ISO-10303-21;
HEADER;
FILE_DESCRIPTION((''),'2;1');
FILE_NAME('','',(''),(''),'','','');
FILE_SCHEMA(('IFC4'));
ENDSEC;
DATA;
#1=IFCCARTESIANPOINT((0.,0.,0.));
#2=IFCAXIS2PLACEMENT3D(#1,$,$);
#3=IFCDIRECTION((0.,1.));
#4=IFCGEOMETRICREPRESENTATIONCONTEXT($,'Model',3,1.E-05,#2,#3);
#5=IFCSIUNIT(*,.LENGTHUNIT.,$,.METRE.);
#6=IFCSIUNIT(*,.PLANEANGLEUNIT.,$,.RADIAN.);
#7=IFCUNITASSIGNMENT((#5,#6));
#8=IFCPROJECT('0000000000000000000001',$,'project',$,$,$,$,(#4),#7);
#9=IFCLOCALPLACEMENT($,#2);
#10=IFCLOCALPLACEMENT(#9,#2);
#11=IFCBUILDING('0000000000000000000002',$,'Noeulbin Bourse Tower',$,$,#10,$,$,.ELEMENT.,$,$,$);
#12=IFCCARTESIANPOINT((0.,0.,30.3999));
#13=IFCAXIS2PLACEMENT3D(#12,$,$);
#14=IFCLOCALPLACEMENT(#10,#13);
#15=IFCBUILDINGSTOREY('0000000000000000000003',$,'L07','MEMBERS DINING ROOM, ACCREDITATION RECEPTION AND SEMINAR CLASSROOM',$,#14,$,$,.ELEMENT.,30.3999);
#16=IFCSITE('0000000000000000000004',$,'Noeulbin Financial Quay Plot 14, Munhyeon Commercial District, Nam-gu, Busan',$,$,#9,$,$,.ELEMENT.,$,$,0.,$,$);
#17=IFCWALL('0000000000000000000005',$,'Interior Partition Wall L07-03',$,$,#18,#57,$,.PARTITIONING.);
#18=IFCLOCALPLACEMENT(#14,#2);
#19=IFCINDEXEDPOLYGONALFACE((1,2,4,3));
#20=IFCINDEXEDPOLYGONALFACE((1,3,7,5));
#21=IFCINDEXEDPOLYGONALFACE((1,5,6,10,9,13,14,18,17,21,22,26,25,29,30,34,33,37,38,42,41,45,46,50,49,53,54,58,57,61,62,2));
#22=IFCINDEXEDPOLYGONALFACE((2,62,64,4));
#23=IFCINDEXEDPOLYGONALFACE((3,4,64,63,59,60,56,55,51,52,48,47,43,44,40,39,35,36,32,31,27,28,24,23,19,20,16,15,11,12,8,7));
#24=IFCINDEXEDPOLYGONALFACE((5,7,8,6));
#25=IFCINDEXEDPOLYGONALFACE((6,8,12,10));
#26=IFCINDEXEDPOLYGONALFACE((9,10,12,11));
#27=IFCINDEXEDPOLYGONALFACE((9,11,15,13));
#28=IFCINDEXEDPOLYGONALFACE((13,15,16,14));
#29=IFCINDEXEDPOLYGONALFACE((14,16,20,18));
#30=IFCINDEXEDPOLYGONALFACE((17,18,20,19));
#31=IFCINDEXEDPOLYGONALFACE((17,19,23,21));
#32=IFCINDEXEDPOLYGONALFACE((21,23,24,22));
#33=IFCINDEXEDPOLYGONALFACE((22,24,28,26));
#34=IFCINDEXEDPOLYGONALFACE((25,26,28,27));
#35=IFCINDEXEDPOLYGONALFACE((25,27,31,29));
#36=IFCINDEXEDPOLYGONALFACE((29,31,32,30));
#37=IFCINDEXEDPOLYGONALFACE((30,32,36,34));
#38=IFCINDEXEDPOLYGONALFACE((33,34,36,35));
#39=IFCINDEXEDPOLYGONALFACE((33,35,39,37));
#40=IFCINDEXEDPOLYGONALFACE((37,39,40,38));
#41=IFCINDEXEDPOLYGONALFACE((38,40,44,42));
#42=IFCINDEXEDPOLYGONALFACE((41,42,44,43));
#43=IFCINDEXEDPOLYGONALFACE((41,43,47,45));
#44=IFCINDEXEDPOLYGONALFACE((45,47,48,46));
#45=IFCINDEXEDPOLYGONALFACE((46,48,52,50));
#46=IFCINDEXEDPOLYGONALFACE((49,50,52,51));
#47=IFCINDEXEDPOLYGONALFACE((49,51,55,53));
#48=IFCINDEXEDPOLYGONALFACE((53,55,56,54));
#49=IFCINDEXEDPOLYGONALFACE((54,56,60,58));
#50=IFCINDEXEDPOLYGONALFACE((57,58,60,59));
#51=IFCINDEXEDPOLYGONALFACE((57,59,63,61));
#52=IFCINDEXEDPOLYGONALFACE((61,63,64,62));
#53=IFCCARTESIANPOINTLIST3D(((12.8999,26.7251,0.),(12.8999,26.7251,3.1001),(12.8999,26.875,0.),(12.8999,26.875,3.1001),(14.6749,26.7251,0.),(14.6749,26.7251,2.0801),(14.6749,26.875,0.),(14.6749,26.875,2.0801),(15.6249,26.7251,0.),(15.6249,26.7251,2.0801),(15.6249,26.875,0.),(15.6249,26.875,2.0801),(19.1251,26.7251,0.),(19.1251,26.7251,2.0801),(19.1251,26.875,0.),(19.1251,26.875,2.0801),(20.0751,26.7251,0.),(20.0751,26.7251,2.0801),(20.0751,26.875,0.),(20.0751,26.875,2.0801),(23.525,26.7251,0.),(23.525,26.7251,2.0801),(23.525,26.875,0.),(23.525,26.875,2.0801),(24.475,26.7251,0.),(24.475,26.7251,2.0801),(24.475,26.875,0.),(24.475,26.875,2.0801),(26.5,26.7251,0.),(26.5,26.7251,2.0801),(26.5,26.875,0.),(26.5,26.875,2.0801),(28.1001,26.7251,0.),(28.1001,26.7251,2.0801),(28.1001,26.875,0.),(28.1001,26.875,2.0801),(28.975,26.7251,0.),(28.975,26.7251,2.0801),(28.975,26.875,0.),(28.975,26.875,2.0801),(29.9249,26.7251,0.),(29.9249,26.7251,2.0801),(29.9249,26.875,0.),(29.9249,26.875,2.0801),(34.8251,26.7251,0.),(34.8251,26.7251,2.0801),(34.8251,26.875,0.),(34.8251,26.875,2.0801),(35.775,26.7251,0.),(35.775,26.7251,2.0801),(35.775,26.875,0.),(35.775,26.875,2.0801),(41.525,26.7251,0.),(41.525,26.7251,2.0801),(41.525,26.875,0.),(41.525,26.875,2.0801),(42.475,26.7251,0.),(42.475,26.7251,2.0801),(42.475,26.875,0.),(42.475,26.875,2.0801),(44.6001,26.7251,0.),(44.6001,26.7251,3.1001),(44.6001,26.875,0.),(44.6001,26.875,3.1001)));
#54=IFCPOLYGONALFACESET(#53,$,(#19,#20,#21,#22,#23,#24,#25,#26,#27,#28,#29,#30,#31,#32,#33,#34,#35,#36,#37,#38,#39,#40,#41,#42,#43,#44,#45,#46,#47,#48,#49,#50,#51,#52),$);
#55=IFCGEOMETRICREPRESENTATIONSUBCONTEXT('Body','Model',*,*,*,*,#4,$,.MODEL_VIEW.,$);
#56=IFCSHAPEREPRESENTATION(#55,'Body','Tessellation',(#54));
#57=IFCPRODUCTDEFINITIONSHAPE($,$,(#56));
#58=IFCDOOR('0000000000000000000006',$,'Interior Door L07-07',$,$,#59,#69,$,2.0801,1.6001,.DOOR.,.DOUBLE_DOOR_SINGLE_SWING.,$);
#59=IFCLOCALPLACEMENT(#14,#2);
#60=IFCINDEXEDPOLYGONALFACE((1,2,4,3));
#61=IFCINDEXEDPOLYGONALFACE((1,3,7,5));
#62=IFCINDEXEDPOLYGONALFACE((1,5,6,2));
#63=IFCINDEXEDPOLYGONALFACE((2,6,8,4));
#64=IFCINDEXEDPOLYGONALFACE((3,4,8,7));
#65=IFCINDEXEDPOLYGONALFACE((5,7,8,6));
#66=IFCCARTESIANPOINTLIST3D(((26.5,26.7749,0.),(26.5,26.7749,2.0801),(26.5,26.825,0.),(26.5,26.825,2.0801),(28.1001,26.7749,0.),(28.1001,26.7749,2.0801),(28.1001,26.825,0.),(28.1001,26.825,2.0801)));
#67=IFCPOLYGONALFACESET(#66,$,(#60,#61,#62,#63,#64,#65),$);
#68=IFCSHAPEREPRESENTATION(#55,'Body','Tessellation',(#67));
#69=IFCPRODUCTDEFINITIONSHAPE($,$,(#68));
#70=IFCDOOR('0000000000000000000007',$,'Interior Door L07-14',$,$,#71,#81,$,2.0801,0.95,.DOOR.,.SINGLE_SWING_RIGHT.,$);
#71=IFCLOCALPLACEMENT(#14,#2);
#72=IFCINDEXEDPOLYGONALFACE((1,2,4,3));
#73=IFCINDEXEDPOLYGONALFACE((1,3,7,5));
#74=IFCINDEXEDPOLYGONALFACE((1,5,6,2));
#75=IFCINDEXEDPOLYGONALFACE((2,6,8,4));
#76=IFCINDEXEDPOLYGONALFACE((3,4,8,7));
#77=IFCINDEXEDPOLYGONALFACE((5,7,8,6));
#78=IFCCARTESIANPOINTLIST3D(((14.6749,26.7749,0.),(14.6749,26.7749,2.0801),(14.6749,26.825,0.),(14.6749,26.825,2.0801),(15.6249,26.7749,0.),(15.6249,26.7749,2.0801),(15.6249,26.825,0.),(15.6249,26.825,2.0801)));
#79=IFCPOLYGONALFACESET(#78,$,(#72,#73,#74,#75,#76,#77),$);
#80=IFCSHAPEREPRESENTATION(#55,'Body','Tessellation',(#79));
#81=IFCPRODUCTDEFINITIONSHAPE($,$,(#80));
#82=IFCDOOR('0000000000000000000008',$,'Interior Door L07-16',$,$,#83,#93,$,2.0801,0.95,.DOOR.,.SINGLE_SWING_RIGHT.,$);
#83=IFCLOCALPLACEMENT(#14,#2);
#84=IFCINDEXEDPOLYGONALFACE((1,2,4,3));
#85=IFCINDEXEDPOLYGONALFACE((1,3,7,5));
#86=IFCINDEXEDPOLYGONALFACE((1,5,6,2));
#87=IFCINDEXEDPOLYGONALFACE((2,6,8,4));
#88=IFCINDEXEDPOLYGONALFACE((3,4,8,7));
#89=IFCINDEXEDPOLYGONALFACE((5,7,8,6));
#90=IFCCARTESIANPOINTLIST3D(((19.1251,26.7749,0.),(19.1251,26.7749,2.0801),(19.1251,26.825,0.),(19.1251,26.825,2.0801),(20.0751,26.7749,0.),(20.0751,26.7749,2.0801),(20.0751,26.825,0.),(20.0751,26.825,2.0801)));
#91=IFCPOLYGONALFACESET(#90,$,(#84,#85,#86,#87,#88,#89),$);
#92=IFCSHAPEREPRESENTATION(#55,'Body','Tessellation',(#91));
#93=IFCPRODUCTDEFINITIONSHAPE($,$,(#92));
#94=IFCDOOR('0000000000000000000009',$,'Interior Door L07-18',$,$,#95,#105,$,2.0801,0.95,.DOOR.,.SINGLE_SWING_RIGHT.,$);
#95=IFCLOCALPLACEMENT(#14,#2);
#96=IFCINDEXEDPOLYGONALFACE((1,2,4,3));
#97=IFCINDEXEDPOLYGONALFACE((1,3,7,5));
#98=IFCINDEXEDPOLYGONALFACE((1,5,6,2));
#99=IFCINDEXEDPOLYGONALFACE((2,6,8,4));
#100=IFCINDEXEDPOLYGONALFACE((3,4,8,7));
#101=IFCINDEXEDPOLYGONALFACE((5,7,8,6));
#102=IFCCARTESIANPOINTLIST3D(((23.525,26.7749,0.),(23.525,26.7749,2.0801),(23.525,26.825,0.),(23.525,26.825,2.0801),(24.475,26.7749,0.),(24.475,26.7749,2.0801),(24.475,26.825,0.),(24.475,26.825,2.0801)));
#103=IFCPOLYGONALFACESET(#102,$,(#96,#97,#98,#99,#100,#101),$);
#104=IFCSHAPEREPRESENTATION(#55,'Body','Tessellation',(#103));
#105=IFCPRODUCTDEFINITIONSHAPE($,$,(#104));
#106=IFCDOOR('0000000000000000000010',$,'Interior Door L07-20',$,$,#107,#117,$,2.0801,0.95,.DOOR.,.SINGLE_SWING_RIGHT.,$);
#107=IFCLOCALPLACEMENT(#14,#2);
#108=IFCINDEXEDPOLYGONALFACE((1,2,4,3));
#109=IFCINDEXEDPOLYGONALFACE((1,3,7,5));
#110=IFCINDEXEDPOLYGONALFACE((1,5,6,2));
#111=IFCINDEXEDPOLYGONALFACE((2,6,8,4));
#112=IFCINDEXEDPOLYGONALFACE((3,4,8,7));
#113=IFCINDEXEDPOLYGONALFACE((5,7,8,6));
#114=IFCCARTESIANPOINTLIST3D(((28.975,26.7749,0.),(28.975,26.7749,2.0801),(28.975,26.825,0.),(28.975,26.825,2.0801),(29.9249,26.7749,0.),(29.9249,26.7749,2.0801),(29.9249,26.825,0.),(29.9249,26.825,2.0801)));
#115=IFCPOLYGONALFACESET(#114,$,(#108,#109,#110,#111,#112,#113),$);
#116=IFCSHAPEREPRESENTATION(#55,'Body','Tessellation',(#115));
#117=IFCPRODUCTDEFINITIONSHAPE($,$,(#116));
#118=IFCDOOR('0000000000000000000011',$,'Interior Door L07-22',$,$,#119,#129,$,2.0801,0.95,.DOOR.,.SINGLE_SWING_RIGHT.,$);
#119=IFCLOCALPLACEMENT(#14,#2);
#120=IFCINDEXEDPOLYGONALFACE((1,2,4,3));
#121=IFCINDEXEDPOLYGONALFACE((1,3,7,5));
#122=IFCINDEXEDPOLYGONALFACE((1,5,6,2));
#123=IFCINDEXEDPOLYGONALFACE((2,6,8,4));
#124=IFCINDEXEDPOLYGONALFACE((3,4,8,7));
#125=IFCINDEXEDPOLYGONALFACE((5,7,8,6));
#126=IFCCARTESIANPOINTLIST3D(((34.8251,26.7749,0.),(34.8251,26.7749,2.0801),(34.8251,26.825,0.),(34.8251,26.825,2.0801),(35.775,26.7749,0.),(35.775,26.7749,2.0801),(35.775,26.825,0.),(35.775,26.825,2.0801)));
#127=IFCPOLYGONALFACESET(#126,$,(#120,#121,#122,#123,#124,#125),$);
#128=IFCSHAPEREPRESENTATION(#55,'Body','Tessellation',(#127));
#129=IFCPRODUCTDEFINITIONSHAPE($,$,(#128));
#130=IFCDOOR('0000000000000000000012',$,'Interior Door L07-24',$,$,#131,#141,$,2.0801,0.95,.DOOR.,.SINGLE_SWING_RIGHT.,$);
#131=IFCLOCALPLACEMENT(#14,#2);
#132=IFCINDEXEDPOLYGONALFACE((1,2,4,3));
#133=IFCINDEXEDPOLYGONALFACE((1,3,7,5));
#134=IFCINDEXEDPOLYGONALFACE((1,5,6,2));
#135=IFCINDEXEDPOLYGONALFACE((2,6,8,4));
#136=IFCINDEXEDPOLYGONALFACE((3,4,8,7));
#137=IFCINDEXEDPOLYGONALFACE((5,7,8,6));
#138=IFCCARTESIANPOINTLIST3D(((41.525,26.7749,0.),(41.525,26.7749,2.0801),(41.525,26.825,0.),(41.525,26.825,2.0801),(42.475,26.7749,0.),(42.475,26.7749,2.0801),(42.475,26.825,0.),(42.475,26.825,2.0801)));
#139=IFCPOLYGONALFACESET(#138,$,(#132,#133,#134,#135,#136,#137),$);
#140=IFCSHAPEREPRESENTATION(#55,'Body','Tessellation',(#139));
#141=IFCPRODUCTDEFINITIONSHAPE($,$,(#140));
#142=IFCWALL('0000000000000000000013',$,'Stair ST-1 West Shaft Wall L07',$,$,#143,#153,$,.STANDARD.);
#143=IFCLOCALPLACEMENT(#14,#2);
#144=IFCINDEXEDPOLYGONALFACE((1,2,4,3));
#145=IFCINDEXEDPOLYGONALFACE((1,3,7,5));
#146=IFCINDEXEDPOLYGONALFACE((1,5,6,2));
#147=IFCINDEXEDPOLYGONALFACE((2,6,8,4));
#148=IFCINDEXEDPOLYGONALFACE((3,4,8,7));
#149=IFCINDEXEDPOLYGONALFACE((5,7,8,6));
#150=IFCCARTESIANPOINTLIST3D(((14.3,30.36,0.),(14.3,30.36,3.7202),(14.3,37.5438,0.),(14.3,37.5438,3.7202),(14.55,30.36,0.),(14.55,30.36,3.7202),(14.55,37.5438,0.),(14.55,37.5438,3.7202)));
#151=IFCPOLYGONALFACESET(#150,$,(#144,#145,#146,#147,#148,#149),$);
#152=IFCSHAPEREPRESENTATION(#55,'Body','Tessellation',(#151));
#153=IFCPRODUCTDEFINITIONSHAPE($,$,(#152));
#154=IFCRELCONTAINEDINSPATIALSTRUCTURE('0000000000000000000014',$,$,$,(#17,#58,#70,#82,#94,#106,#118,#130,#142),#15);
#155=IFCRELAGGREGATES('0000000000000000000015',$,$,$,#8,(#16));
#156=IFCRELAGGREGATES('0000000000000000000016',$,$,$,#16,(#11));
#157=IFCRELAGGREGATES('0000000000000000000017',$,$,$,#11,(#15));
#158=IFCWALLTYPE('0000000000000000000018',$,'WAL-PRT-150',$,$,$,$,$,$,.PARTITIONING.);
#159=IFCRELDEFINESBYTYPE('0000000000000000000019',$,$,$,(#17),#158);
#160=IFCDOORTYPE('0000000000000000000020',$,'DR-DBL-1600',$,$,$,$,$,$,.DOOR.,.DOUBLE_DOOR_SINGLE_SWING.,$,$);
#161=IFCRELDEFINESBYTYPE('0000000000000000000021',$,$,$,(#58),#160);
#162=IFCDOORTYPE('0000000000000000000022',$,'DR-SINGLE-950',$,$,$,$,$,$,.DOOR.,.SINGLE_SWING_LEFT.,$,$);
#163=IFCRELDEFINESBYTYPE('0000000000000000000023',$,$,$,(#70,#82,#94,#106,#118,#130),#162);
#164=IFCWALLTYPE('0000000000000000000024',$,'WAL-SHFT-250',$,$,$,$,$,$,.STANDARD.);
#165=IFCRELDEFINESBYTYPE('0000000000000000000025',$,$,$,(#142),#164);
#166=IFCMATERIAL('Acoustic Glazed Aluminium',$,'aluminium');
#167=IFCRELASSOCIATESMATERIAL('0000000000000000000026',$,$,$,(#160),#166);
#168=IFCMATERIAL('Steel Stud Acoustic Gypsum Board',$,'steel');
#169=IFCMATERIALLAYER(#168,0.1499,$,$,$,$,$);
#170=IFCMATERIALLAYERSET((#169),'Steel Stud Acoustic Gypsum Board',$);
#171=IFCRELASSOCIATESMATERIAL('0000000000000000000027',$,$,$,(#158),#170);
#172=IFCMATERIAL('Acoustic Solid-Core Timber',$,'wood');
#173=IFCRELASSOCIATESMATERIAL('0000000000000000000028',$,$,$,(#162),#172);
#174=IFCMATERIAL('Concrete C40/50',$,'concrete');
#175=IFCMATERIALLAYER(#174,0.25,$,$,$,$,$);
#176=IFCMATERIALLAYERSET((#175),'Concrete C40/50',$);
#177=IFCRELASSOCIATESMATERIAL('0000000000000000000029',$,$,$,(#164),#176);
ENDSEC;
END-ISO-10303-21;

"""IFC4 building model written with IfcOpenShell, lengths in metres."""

from ifc_helpers import new_model, si_unit, direction, frame, frame_2d, origin, place, context, subcontext, project, spatial, rectangle, extrude, material, layer, layer_set, type_object, element, fill, save


model = new_model("IFC4")

# Units and contexts
model_context = context("Model", 3, precision=1e-05, world=origin(), true_north=direction((0.0, 1.0)))
body_context = subcontext(model_context, "Body", "Model", "MODEL_VIEW")
ifc_project = project(units=[si_unit("LENGTHUNIT", "METRE"), si_unit("PLANEANGLEUNIT", "RADIAN")], contexts=[model_context])

# Site, building, storey
site_placement = place(None, origin())
site = spatial("IfcSite", under=ifc_project, at=site_placement, Name="Noeulbin Financial Quay Plot 14, Munhyeon Commercial District, Nam-gu, Busan", CompositionType="ELEMENT", RefElevation=0.0)
building_placement = place(site_placement, origin())
building = spatial("IfcBuilding", under=site, at=building_placement, Name="Noeulbin Bourse Tower", CompositionType="ELEMENT")
storey_placement = place(building_placement, frame((0.0, 0.0, 30.3999)))
storey = spatial("IfcBuildingStorey", under=building, at=storey_placement, Name="L07", Description="MEMBERS DINING ROOM, ACCREDITATION RECEPTION AND SEMINAR CLASSROOM", CompositionType="ELEMENT", Elevation=30.3999)

# Shared definitions
ifc_material_1 = material(Name="Acoustic Glazed Aluminium", Category="aluminium")
door_type_1 = type_object("IfcDoorType", Name="DR-DBL-1600", OperationType="DOUBLE_DOOR_SINGLE_SWING", PredefinedType="DOOR", material=ifc_material_1)

# Wall, openings, doors
ifc_material_2 = material(Name="Steel Stud Acoustic Gypsum Board", Category="steel")
ifc_layer_1 = layer(ifc_material_2, 0.1499)
ifc_layer_set_1 = layer_set([ifc_layer_1], Name="Steel Stud Acoustic Gypsum Board")
wall_type_1 = type_object("IfcWallType", Name="WAL-PRT-150", PredefinedType="PARTITIONING", material=ifc_layer_set_1)
wall_1_placement = place(storey_placement, frame((12.8999, 26.8, 0.0), z_axis=(0.0, 0.0, 1.0), x_axis=(1.0, 0.0, 0.0)))
wall_1 = element("IfcWall", 1, at=wall_1_placement, inside=storey, type_object=wall_type_1, Name="Interior Partition Wall L07-03", PredefinedType="PARTITIONING", context=body_context, shape_type="SweptSolid", body=[
    extrude(rectangle(XDim=31.7002, YDim=0.1499, at=frame_2d((15.8501, 0.0))), origin(), (0.0, 0.0, 1.0), 3.1001),
])
opening_1_placement = place(wall_1_placement, frame((13.6001, 0.0, 0.0)))
opening_1 = element("IfcOpeningElement", 2, at=opening_1_placement, cuts=wall_1, PredefinedType="OPENING", context=body_context, shape_type="SweptSolid", body=[
    extrude(rectangle(XDim=1.6001, YDim=2.0801, at=frame_2d((0.8, 1.04))), frame((0.0, 0.085, 0.0), z_axis=(0.0, -1.0, 0.0), x_axis=(1.0, 0.0, 0.0)), (0.0, 0.0, 1.0), 0.1699),
])
opening_2_placement = place(wall_1_placement, frame((1.7749, 0.0, 0.0)))
opening_2 = element("IfcOpeningElement", 3, at=opening_2_placement, cuts=wall_1, PredefinedType="OPENING", context=body_context, shape_type="SweptSolid", body=[
    extrude(rectangle(XDim=0.95, YDim=2.0801, at=frame_2d((0.4751, 1.04))), frame((0.0, 0.085, 0.0), z_axis=(0.0, -1.0, 0.0), x_axis=(1.0, 0.0, 0.0)), (0.0, 0.0, 1.0), 0.1699),
])
opening_3_placement = place(wall_1_placement, frame((6.2251, 0.0, 0.0)))
opening_3 = element("IfcOpeningElement", 4, at=opening_3_placement, cuts=wall_1, PredefinedType="OPENING", context=body_context, shape_type="SweptSolid", body=[
    extrude(rectangle(XDim=0.95, YDim=2.0801, at=frame_2d((0.4751, 1.04))), frame((0.0, 0.085, 0.0), z_axis=(0.0, -1.0, 0.0), x_axis=(1.0, 0.0, 0.0)), (0.0, 0.0, 1.0), 0.1699),
])
opening_4_placement = place(wall_1_placement, frame((10.625, 0.0, 0.0)))
opening_4 = element("IfcOpeningElement", 5, at=opening_4_placement, cuts=wall_1, PredefinedType="OPENING", context=body_context, shape_type="SweptSolid", body=[
    extrude(rectangle(XDim=0.95, YDim=2.0801, at=frame_2d((0.4751, 1.04))), frame((0.0, 0.085, 0.0), z_axis=(0.0, -1.0, 0.0), x_axis=(1.0, 0.0, 0.0)), (0.0, 0.0, 1.0), 0.1699),
])
opening_5_placement = place(wall_1_placement, frame((16.075, 0.0, 0.0)))
opening_5 = element("IfcOpeningElement", 6, at=opening_5_placement, cuts=wall_1, PredefinedType="OPENING", context=body_context, shape_type="SweptSolid", body=[
    extrude(rectangle(XDim=0.95, YDim=2.0801, at=frame_2d((0.4751, 1.04))), frame((0.0, 0.085, 0.0), z_axis=(0.0, -1.0, 0.0), x_axis=(1.0, 0.0, 0.0)), (0.0, 0.0, 1.0), 0.1699),
])
opening_6_placement = place(wall_1_placement, frame((21.925, 0.0, 0.0)))
opening_6 = element("IfcOpeningElement", 7, at=opening_6_placement, cuts=wall_1, PredefinedType="OPENING", context=body_context, shape_type="SweptSolid", body=[
    extrude(rectangle(XDim=0.95, YDim=2.0801, at=frame_2d((0.4751, 1.04))), frame((0.0, 0.085, 0.0), z_axis=(0.0, -1.0, 0.0), x_axis=(1.0, 0.0, 0.0)), (0.0, 0.0, 1.0), 0.1699),
])
opening_7_placement = place(wall_1_placement, frame((28.625, 0.0, 0.0)))
opening_7 = element("IfcOpeningElement", 8, at=opening_7_placement, cuts=wall_1, PredefinedType="OPENING", context=body_context, shape_type="SweptSolid", body=[
    extrude(rectangle(XDim=0.95, YDim=2.0801, at=frame_2d((0.4751, 1.04))), frame((0.0, 0.085, 0.0), z_axis=(0.0, -1.0, 0.0), x_axis=(1.0, 0.0, 0.0)), (0.0, 0.0, 1.0), 0.1699),
])
door_1_placement = place(opening_1_placement, origin())
door_1 = element("IfcDoor", 9, at=door_1_placement, inside=storey, type_object=door_type_1, Name="Interior Door L07-07", OperationType="DOUBLE_DOOR_SINGLE_SWING", OverallHeight=2.0801, OverallWidth=1.6001, PredefinedType="DOOR", context=body_context, shape_type="SweptSolid", body=[
    extrude(rectangle(XDim=1.6001, YDim=2.0801, at=frame_2d((0.8, 1.04))), frame((0.0, 0.0249, 0.0), z_axis=(0.0, -1.0, 0.0), x_axis=(1.0, 0.0, 0.0)), (0.0, 0.0, 1.0), 0.05),
])
fill(opening_1, door_1)
ifc_material_3 = material(Name="Acoustic Solid-Core Timber", Category="wood")
door_type_2 = type_object("IfcDoorType", Name="DR-SINGLE-950", OperationType="SINGLE_SWING_LEFT", PredefinedType="DOOR", material=ifc_material_3)
door_2_placement = place(opening_2_placement, origin())
door_2 = element("IfcDoor", 10, at=door_2_placement, inside=storey, type_object=door_type_2, Name="Interior Door L07-14", OperationType="SINGLE_SWING_RIGHT", OverallHeight=2.0801, OverallWidth=0.95, PredefinedType="DOOR", context=body_context, shape_type="SweptSolid", body=[
    extrude(rectangle(XDim=0.95, YDim=2.0801, at=frame_2d((0.4751, 1.04))), frame((0.0, 0.0249, 0.0), z_axis=(0.0, -1.0, 0.0), x_axis=(1.0, 0.0, 0.0)), (0.0, 0.0, 1.0), 0.05),
])
fill(opening_2, door_2)
door_3_placement = place(opening_3_placement, origin())
door_3 = element("IfcDoor", 11, at=door_3_placement, inside=storey, type_object=door_type_2, Name="Interior Door L07-16", OperationType="SINGLE_SWING_RIGHT", OverallHeight=2.0801, OverallWidth=0.95, PredefinedType="DOOR", context=body_context, shape_type="SweptSolid", body=[
    extrude(rectangle(XDim=0.95, YDim=2.0801, at=frame_2d((0.4751, 1.04))), frame((0.0, 0.0249, 0.0), z_axis=(0.0, -1.0, 0.0), x_axis=(1.0, 0.0, 0.0)), (0.0, 0.0, 1.0), 0.05),
])
fill(opening_3, door_3)
door_4_placement = place(opening_4_placement, origin())
door_4 = element("IfcDoor", 12, at=door_4_placement, inside=storey, type_object=door_type_2, Name="Interior Door L07-18", OperationType="SINGLE_SWING_RIGHT", OverallHeight=2.0801, OverallWidth=0.95, PredefinedType="DOOR", context=body_context, shape_type="SweptSolid", body=[
    extrude(rectangle(XDim=0.95, YDim=2.0801, at=frame_2d((0.4751, 1.04))), frame((0.0, 0.0249, 0.0), z_axis=(0.0, -1.0, 0.0), x_axis=(1.0, 0.0, 0.0)), (0.0, 0.0, 1.0), 0.05),
])
fill(opening_4, door_4)
door_5_placement = place(opening_5_placement, origin())
door_5 = element("IfcDoor", 13, at=door_5_placement, inside=storey, type_object=door_type_2, Name="Interior Door L07-20", OperationType="SINGLE_SWING_RIGHT", OverallHeight=2.0801, OverallWidth=0.95, PredefinedType="DOOR", context=body_context, shape_type="SweptSolid", body=[
    extrude(rectangle(XDim=0.95, YDim=2.0801, at=frame_2d((0.4751, 1.04))), frame((0.0, 0.0249, 0.0), z_axis=(0.0, -1.0, 0.0), x_axis=(1.0, 0.0, 0.0)), (0.0, 0.0, 1.0), 0.05),
])
fill(opening_5, door_5)
door_6_placement = place(opening_6_placement, origin())
door_6 = element("IfcDoor", 14, at=door_6_placement, inside=storey, type_object=door_type_2, Name="Interior Door L07-22", OperationType="SINGLE_SWING_RIGHT", OverallHeight=2.0801, OverallWidth=0.95, PredefinedType="DOOR", context=body_context, shape_type="SweptSolid", body=[
    extrude(rectangle(XDim=0.95, YDim=2.0801, at=frame_2d((0.4751, 1.04))), frame((0.0, 0.0249, 0.0), z_axis=(0.0, -1.0, 0.0), x_axis=(1.0, 0.0, 0.0)), (0.0, 0.0, 1.0), 0.05),
])
fill(opening_6, door_6)
door_7_placement = place(opening_7_placement, origin())
door_7 = element("IfcDoor", 15, at=door_7_placement, inside=storey, type_object=door_type_2, Name="Interior Door L07-24", OperationType="SINGLE_SWING_RIGHT", OverallHeight=2.0801, OverallWidth=0.95, PredefinedType="DOOR", context=body_context, shape_type="SweptSolid", body=[
    extrude(rectangle(XDim=0.95, YDim=2.0801, at=frame_2d((0.4751, 1.04))), frame((0.0, 0.0249, 0.0), z_axis=(0.0, -1.0, 0.0), x_axis=(1.0, 0.0, 0.0)), (0.0, 0.0, 1.0), 0.05),
])
fill(opening_7, door_7)

# Wall
ifc_material_4 = material(Name="Concrete C40/50", Category="concrete")
ifc_layer_2 = layer(ifc_material_4, 0.25)
ifc_layer_set_2 = layer_set([ifc_layer_2], Name="Concrete C40/50")
wall_type_2 = type_object("IfcWallType", Name="WAL-SHFT-250", PredefinedType="STANDARD", material=ifc_layer_set_2)
wall_2_placement = place(storey_placement, frame((14.425, 30.3601, 0.0), z_axis=(0.0, 0.0, 1.0), x_axis=(0.0, 1.0, 0.0)))
element("IfcWall", 16, at=wall_2_placement, inside=storey, type_object=wall_type_2, Name="Stair ST-1 West Shaft Wall L07", PredefinedType="STANDARD", context=body_context, shape_type="SweptSolid", body=[
    extrude(rectangle(XDim=7.1838, YDim=0.25, at=frame_2d((3.5918, 0.0))), origin(), (0.0, 0.0, 1.0), 3.7202),
])

save(model, "model.ifc")
